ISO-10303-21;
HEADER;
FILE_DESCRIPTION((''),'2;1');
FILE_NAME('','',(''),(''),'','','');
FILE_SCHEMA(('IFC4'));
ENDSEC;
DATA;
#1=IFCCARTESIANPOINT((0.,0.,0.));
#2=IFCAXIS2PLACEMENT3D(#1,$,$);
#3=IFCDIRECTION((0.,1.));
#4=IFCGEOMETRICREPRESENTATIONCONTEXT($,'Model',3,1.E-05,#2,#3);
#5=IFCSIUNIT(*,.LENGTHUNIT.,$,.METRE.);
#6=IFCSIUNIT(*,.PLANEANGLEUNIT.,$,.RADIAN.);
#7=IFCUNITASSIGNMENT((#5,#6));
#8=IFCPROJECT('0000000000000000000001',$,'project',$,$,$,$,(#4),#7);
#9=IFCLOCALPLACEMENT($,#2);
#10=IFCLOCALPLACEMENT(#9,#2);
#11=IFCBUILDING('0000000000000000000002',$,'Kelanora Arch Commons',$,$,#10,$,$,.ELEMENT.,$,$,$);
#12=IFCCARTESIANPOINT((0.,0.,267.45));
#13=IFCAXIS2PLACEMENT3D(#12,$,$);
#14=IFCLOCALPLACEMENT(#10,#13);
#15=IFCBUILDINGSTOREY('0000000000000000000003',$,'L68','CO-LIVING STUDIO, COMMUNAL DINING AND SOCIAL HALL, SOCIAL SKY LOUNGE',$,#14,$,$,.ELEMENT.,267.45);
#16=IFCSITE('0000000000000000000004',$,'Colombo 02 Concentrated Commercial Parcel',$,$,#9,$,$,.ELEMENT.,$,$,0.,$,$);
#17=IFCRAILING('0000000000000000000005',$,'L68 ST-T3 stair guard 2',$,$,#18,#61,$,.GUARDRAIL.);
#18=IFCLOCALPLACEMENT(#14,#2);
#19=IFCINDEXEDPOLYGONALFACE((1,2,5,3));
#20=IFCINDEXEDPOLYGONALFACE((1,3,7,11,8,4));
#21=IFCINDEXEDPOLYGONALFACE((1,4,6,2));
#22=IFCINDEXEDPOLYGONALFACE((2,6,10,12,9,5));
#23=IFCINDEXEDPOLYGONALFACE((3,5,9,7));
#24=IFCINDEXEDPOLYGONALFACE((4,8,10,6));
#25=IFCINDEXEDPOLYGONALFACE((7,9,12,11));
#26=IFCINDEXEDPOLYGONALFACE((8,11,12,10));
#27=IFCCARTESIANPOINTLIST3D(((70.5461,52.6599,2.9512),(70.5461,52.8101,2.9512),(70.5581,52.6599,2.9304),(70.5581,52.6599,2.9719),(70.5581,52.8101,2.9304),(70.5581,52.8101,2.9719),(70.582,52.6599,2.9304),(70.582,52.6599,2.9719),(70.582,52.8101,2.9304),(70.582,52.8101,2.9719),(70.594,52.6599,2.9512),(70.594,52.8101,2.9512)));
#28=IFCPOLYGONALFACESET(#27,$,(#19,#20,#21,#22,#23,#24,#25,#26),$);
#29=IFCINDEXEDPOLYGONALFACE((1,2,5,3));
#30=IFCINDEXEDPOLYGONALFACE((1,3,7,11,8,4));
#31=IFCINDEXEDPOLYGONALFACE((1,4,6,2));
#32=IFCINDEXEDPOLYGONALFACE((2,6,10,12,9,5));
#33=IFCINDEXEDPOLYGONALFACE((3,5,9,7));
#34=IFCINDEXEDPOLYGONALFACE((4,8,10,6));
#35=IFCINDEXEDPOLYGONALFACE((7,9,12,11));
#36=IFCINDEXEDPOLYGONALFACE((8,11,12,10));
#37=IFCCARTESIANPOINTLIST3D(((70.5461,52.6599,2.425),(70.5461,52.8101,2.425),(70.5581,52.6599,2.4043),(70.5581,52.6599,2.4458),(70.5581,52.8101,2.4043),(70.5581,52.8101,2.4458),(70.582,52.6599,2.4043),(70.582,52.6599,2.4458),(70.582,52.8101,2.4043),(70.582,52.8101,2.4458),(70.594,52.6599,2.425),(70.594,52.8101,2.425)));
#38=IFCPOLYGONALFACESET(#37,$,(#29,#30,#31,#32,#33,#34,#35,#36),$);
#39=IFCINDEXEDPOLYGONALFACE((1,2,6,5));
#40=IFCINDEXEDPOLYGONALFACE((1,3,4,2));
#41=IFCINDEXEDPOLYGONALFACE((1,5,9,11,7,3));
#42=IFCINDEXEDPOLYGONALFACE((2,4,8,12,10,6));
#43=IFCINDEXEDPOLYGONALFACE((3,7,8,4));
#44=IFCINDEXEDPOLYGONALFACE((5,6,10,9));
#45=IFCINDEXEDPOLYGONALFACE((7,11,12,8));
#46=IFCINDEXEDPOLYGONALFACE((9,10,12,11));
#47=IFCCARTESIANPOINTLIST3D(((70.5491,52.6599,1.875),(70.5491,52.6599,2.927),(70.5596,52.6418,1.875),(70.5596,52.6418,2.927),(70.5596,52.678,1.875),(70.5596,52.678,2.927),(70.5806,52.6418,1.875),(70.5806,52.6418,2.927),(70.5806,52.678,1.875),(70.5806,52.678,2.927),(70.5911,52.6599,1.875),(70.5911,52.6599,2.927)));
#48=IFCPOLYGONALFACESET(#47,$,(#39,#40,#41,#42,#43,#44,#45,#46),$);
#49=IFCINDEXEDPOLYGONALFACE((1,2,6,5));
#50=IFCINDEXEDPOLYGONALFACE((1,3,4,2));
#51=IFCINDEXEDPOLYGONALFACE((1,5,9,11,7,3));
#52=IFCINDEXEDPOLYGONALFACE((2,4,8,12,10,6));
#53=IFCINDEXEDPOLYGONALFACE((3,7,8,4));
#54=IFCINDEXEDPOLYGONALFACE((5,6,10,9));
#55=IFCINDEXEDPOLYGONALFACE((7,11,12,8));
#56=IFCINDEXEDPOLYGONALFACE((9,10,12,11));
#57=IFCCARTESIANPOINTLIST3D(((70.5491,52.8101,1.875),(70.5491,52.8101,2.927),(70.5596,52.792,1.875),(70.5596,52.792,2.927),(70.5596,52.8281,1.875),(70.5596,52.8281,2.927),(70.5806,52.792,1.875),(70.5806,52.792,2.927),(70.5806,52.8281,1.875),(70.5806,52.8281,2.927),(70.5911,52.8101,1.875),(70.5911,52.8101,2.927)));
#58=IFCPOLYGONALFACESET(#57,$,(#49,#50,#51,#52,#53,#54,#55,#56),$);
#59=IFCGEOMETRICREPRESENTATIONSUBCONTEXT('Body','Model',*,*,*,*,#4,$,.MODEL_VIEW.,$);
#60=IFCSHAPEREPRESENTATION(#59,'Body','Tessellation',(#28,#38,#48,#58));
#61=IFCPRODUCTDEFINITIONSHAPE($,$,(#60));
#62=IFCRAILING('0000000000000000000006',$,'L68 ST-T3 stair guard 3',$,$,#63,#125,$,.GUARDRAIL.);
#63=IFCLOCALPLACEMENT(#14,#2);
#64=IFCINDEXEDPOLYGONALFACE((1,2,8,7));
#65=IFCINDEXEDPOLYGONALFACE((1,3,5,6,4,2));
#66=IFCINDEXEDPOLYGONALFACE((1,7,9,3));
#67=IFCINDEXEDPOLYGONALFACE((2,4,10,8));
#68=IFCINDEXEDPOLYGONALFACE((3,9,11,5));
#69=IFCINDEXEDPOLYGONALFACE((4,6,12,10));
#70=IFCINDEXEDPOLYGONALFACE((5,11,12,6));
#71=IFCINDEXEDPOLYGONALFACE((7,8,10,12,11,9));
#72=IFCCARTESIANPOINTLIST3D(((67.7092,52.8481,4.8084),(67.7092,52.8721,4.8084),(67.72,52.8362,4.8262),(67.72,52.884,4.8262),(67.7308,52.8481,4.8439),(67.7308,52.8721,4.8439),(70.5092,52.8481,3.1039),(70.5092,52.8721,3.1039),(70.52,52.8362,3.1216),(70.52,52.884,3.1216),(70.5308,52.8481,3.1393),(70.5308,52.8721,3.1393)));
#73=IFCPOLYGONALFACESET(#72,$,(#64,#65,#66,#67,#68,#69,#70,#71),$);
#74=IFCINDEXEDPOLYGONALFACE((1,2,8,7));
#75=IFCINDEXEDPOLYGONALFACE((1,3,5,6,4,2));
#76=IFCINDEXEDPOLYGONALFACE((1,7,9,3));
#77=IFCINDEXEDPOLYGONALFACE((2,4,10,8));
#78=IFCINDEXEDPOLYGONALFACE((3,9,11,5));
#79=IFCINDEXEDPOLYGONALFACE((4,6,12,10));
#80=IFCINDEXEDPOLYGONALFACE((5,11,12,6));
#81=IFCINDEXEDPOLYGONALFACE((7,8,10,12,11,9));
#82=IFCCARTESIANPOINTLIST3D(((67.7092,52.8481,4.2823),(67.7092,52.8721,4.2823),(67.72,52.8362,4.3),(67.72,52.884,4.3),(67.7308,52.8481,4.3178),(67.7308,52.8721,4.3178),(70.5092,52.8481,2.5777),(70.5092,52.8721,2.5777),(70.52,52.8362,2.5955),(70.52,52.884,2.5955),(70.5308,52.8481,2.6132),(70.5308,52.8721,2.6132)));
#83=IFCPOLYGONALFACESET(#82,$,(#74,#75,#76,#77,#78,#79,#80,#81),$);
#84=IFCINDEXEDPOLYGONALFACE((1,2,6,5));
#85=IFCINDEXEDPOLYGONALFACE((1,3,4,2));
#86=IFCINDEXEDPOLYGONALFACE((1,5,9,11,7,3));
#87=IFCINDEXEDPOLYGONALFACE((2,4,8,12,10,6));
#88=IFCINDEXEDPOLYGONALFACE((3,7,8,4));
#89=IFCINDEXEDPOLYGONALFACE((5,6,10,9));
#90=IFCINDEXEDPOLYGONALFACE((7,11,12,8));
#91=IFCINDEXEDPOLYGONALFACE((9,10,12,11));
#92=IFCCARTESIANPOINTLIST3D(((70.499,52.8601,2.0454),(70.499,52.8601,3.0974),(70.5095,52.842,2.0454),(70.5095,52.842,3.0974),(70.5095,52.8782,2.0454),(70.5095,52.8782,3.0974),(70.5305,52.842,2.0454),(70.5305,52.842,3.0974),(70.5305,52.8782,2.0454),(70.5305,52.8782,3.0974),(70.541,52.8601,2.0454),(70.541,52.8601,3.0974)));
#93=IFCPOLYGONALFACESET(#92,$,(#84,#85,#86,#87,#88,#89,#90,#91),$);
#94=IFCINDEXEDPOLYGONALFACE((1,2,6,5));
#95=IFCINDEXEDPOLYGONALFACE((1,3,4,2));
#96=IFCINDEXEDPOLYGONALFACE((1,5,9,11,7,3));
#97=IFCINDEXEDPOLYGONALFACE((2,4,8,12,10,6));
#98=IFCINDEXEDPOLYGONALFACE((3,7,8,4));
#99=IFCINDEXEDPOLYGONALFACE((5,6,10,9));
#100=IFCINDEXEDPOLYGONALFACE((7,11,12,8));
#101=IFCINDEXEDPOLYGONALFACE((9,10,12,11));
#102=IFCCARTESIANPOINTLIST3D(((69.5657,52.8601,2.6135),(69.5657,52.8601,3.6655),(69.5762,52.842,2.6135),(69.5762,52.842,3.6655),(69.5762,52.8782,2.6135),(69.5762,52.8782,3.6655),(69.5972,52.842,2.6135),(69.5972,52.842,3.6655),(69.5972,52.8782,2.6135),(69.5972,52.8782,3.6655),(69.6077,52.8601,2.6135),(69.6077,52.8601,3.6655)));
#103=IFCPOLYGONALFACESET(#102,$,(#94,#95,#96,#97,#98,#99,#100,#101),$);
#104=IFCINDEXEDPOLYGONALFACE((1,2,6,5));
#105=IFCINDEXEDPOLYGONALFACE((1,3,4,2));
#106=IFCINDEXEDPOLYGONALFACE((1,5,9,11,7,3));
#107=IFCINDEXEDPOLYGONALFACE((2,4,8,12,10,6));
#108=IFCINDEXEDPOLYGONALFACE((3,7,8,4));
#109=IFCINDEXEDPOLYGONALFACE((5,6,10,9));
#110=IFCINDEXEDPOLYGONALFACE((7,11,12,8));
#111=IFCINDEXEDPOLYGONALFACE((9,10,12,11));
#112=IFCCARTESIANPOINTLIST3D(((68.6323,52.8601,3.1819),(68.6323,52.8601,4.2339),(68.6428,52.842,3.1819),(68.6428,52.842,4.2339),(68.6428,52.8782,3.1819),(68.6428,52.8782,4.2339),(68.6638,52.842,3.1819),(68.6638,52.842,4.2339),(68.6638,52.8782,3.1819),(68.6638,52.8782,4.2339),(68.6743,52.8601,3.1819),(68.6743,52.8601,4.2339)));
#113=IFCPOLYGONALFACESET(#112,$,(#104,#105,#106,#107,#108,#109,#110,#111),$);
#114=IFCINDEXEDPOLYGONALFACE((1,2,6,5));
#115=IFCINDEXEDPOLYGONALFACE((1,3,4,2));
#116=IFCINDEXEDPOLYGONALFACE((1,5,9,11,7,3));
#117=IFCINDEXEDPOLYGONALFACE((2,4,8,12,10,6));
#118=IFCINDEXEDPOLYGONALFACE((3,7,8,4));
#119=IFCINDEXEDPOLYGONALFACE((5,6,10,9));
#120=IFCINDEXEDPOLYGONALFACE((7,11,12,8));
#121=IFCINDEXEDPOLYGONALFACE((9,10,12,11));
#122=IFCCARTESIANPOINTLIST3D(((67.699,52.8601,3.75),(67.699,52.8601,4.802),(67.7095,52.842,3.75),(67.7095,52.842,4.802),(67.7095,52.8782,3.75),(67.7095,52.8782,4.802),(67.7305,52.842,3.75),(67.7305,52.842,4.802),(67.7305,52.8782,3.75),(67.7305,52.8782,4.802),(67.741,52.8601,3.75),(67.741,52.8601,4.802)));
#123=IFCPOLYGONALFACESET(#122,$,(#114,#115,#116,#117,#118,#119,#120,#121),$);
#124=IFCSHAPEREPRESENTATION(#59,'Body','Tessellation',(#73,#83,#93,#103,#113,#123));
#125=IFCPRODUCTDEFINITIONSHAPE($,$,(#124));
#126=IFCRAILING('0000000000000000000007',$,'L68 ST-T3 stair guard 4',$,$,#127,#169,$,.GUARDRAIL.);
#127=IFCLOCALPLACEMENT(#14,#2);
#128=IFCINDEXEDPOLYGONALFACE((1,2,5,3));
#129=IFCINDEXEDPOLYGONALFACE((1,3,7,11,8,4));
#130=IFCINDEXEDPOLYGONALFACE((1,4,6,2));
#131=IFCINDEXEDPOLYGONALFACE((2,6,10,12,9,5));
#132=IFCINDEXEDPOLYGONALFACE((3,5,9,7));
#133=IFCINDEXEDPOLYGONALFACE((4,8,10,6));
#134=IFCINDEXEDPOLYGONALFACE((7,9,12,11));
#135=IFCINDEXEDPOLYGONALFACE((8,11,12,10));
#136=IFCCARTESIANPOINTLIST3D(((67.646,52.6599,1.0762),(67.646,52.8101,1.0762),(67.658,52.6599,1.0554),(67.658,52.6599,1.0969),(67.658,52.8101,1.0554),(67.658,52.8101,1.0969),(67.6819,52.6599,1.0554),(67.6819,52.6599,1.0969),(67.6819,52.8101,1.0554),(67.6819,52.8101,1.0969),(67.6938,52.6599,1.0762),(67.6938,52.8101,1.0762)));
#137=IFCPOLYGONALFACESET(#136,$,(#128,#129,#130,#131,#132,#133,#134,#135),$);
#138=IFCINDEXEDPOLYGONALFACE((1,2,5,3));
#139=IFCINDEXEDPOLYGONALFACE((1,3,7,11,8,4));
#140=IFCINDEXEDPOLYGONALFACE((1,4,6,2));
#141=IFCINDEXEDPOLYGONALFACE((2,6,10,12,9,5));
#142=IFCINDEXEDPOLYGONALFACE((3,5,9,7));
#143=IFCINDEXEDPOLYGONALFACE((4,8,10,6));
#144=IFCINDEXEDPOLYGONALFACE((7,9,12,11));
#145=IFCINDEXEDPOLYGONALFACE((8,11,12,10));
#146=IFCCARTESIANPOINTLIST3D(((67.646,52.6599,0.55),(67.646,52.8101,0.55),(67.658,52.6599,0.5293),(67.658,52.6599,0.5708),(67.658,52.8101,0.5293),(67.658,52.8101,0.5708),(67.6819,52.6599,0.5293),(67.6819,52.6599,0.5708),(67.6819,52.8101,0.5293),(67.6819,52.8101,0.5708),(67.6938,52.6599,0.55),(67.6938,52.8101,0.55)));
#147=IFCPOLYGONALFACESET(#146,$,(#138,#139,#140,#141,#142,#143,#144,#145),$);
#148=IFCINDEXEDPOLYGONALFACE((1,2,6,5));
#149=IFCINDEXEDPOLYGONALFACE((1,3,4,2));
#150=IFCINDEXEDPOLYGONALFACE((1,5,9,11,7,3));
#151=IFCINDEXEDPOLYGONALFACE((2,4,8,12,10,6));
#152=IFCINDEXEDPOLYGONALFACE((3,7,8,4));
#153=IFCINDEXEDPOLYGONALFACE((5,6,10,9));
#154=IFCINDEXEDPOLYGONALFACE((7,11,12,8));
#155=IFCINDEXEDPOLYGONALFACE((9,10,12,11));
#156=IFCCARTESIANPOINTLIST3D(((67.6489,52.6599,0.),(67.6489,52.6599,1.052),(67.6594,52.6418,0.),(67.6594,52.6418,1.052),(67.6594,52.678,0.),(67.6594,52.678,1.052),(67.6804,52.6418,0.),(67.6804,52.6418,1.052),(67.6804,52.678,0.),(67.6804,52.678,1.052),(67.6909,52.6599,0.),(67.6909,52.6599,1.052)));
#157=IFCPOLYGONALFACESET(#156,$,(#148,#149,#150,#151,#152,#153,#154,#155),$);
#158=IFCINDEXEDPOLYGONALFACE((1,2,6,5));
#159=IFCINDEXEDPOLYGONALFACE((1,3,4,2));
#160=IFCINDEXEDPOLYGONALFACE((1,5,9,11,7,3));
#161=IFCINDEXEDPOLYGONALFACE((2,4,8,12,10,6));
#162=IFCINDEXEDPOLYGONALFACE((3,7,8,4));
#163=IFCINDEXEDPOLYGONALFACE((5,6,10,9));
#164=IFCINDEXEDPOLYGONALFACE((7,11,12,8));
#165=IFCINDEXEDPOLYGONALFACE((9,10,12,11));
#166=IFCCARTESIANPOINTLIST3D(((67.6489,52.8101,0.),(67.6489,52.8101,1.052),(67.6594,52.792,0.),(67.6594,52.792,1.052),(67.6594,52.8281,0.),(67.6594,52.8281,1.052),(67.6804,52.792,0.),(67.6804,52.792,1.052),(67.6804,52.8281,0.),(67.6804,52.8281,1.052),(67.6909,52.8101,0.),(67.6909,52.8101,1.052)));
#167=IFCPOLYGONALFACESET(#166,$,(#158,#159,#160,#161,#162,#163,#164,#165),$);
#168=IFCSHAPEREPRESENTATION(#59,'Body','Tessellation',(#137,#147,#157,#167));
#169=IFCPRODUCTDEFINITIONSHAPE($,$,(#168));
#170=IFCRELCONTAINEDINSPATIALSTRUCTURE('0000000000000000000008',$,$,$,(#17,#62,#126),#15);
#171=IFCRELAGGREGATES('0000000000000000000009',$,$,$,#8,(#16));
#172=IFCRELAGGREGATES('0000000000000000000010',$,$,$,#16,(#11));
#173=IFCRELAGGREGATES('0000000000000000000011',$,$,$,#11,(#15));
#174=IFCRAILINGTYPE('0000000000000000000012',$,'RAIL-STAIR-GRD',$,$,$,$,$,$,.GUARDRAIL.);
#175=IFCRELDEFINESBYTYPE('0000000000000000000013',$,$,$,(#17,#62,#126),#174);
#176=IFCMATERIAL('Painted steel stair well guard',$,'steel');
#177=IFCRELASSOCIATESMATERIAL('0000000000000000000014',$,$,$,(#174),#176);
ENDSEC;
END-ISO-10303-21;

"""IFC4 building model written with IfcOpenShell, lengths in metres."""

from ifc_helpers import new_model, si_unit, direction, frame, origin, place, context, subcontext, project, spatial, polyline, outline, extrude, material, type_object, element, save


model = new_model("IFC4")

# Units and contexts
model_context = context("Model", 3, precision=1e-05, world=origin(), true_north=direction((0.0, 1.0)))
body_context = subcontext(model_context, "Body", "Model", "MODEL_VIEW")
ifc_project = project(units=[si_unit("LENGTHUNIT", "METRE"), si_unit("PLANEANGLEUNIT", "RADIAN")], contexts=[model_context])

# Site, building, storey
site_placement = place(None, origin())
site = spatial("IfcSite", under=ifc_project, at=site_placement, Name="Colombo 02 Concentrated Commercial Parcel", CompositionType="ELEMENT", RefElevation=0.0)
building_placement = place(site_placement, origin())
building = spatial("IfcBuilding", under=site, at=building_placement, Name="Kelanora Arch Commons", CompositionType="ELEMENT")
storey_placement = place(building_placement, frame((0.0, 0.0, 267.45)))
storey = spatial("IfcBuildingStorey", under=building, at=storey_placement, Name="L68", Description="CO-LIVING STUDIO, COMMUNAL DINING AND SOCIAL HALL, SOCIAL SKY LOUNGE", CompositionType="ELEMENT", Elevation=267.45)

# Railings
ifc_material_1 = material(Name="Painted steel stair well guard", Category="steel")
railing_type_1 = type_object("IfcRailingType", Name="RAIL-STAIR-GRD", PredefinedType="GUARDRAIL", material=ifc_material_1)
railing_1_placement = place(storey_placement, frame((70.5701, 52.6599, 1.875)))
element("IfcRailing", 1, at=railing_1_placement, inside=storey, type_object=railing_type_1, Name="L68 ST-T3 stair guard 2", PredefinedType="GUARDRAIL", context=body_context, shape_type="SweptSolid", body=[
    extrude(outline(polyline([(0.0239, 0.0), (0.012, 0.0208), (-0.012, 0.0208), (-0.0239, 0.0), (-0.012, -0.0208), (0.012, -0.0208), (0.0239, 0.0)])), frame((0.0, 0.0, 1.0762), z_axis=(0.0, 1.0, 0.0), x_axis=(-1.0, 0.0, 0.0)), (0.0, 0.0, 1.0), 0.1501),
    extrude(outline(polyline([(0.0239, 0.0), (0.012, 0.0208), (-0.012, 0.0208), (-0.0239, 0.0), (-0.012, -0.0208), (0.012, -0.0208), (0.0239, 0.0)])), frame((0.0, 0.0, 0.55), z_axis=(0.0, 1.0, 0.0), x_axis=(-1.0, 0.0, 0.0)), (0.0, 0.0, 1.0), 0.1501),
    extrude(outline(polyline([(0.021, 0.0), (0.0105, 0.0181), (-0.0105, 0.0181), (-0.021, 0.0), (-0.0105, -0.0181), (0.0105, -0.0181), (0.021, 0.0)])), origin(), (0.0, 0.0, 1.0), 1.052),
    extrude(outline(polyline([(0.021, 0.0), (0.0105, 0.0181), (-0.0105, 0.0181), (-0.021, 0.0), (-0.0105, -0.0181), (0.0105, -0.0181), (0.021, 0.0)])), frame((0.0, 0.1501, 0.0)), (0.0, 0.0, 1.0), 1.052),
])
railing_2_placement = place(storey_placement, frame((70.52, 52.8601, 2.0454)))
element("IfcRailing", 2, at=railing_2_placement, inside=storey, type_object=railing_type_1, Name="L68 ST-T3 stair guard 3", PredefinedType="GUARDRAIL", context=body_context, shape_type="SweptSolid", body=[
    extrude(outline(polyline([(0.0239, 0.0), (0.012, 0.0208), (-0.012, 0.0208), (-0.0239, 0.0), (-0.012, -0.0208), (0.012, -0.0208), (0.0239, 0.0)])), frame((0.0, 0.0, 1.0762), z_axis=(-0.85417, 0.0, 0.519994), x_axis=(0.0, -1.0, 0.0)), (0.0, 0.0, 1.0), 3.2781),
    extrude(outline(polyline([(0.0239, 0.0), (0.012, 0.0208), (-0.012, 0.0208), (-0.0239, 0.0), (-0.012, -0.0208), (0.012, -0.0208), (0.0239, 0.0)])), frame((0.0, 0.0, 0.55), z_axis=(-0.85417, 0.0, 0.519994), x_axis=(0.0, -1.0, 0.0)), (0.0, 0.0, 1.0), 3.2781),
    extrude(outline(polyline([(0.021, 0.0), (0.0105, 0.0181), (-0.0105, 0.0181), (-0.021, 0.0), (-0.0105, -0.0181), (0.0105, -0.0181), (0.021, 0.0)])), origin(), (0.0, 0.0, 1.0), 1.052),
    extrude(outline(polyline([(0.021, 0.0), (0.0105, 0.0181), (-0.0105, 0.0181), (-0.021, 0.0), (-0.0105, -0.0181), (0.0105, -0.0181), (0.021, 0.0)])), frame((-0.9333, 0.0, 0.5681)), (0.0, 0.0, 1.0), 1.052),
    extrude(outline(polyline([(0.021, 0.0), (0.0105, 0.0181), (-0.0105, 0.0181), (-0.021, 0.0), (-0.0105, -0.0181), (0.0105, -0.0181), (0.021, 0.0)])), frame((-1.8667, 0.0, 1.1365)), (0.0, 0.0, 1.0), 1.052),
    extrude(outline(polyline([(0.021, 0.0), (0.0105, 0.0181), (-0.0105, 0.0181), (-0.021, 0.0), (-0.0105, -0.0181), (0.0105, -0.0181), (0.021, 0.0)])), frame((-2.8, 0.0, 1.7046)), (0.0, 0.0, 1.0), 1.052),
])
railing_3_placement = place(storey_placement, frame((67.6699, 52.6599, 0.0)))
element("IfcRailing", 3, at=railing_3_placement, inside=storey, type_object=railing_type_1, Name="L68 ST-T3 stair guard 4", PredefinedType="GUARDRAIL", context=body_context, shape_type="SweptSolid", body=[
    extrude(outline(polyline([(0.0239, 0.0), (0.012, 0.0208), (-0.012, 0.0208), (-0.0239, 0.0), (-0.012, -0.0208), (0.012, -0.0208), (0.0239, 0.0)])), frame((0.0, 0.0, 1.0762), z_axis=(0.0, 1.0, 0.0), x_axis=(-1.0, 0.0, 0.0)), (0.0, 0.0, 1.0), 0.1501),
    extrude(outline(polyline([(0.0239, 0.0), (0.012, 0.0208), (-0.012, 0.0208), (-0.0239, 0.0), (-0.012, -0.0208), (0.012, -0.0208), (0.0239, 0.0)])), frame((0.0, 0.0, 0.55), z_axis=(0.0, 1.0, 0.0), x_axis=(-1.0, 0.0, 0.0)), (0.0, 0.0, 1.0), 0.1501),
    extrude(outline(polyline([(0.021, 0.0), (0.0105, 0.0181), (-0.0105, 0.0181), (-0.021, 0.0), (-0.0105, -0.0181), (0.0105, -0.0181), (0.021, 0.0)])), origin(), (0.0, 0.0, 1.0), 1.052),
    extrude(outline(polyline([(0.021, 0.0), (0.0105, 0.0181), (-0.0105, 0.0181), (-0.021, 0.0), (-0.0105, -0.0181), (0.0105, -0.0181), (0.021, 0.0)])), frame((0.0, 0.1501, 0.0)), (0.0, 0.0, 1.0), 1.052),
])

save(model, "model.ifc")
